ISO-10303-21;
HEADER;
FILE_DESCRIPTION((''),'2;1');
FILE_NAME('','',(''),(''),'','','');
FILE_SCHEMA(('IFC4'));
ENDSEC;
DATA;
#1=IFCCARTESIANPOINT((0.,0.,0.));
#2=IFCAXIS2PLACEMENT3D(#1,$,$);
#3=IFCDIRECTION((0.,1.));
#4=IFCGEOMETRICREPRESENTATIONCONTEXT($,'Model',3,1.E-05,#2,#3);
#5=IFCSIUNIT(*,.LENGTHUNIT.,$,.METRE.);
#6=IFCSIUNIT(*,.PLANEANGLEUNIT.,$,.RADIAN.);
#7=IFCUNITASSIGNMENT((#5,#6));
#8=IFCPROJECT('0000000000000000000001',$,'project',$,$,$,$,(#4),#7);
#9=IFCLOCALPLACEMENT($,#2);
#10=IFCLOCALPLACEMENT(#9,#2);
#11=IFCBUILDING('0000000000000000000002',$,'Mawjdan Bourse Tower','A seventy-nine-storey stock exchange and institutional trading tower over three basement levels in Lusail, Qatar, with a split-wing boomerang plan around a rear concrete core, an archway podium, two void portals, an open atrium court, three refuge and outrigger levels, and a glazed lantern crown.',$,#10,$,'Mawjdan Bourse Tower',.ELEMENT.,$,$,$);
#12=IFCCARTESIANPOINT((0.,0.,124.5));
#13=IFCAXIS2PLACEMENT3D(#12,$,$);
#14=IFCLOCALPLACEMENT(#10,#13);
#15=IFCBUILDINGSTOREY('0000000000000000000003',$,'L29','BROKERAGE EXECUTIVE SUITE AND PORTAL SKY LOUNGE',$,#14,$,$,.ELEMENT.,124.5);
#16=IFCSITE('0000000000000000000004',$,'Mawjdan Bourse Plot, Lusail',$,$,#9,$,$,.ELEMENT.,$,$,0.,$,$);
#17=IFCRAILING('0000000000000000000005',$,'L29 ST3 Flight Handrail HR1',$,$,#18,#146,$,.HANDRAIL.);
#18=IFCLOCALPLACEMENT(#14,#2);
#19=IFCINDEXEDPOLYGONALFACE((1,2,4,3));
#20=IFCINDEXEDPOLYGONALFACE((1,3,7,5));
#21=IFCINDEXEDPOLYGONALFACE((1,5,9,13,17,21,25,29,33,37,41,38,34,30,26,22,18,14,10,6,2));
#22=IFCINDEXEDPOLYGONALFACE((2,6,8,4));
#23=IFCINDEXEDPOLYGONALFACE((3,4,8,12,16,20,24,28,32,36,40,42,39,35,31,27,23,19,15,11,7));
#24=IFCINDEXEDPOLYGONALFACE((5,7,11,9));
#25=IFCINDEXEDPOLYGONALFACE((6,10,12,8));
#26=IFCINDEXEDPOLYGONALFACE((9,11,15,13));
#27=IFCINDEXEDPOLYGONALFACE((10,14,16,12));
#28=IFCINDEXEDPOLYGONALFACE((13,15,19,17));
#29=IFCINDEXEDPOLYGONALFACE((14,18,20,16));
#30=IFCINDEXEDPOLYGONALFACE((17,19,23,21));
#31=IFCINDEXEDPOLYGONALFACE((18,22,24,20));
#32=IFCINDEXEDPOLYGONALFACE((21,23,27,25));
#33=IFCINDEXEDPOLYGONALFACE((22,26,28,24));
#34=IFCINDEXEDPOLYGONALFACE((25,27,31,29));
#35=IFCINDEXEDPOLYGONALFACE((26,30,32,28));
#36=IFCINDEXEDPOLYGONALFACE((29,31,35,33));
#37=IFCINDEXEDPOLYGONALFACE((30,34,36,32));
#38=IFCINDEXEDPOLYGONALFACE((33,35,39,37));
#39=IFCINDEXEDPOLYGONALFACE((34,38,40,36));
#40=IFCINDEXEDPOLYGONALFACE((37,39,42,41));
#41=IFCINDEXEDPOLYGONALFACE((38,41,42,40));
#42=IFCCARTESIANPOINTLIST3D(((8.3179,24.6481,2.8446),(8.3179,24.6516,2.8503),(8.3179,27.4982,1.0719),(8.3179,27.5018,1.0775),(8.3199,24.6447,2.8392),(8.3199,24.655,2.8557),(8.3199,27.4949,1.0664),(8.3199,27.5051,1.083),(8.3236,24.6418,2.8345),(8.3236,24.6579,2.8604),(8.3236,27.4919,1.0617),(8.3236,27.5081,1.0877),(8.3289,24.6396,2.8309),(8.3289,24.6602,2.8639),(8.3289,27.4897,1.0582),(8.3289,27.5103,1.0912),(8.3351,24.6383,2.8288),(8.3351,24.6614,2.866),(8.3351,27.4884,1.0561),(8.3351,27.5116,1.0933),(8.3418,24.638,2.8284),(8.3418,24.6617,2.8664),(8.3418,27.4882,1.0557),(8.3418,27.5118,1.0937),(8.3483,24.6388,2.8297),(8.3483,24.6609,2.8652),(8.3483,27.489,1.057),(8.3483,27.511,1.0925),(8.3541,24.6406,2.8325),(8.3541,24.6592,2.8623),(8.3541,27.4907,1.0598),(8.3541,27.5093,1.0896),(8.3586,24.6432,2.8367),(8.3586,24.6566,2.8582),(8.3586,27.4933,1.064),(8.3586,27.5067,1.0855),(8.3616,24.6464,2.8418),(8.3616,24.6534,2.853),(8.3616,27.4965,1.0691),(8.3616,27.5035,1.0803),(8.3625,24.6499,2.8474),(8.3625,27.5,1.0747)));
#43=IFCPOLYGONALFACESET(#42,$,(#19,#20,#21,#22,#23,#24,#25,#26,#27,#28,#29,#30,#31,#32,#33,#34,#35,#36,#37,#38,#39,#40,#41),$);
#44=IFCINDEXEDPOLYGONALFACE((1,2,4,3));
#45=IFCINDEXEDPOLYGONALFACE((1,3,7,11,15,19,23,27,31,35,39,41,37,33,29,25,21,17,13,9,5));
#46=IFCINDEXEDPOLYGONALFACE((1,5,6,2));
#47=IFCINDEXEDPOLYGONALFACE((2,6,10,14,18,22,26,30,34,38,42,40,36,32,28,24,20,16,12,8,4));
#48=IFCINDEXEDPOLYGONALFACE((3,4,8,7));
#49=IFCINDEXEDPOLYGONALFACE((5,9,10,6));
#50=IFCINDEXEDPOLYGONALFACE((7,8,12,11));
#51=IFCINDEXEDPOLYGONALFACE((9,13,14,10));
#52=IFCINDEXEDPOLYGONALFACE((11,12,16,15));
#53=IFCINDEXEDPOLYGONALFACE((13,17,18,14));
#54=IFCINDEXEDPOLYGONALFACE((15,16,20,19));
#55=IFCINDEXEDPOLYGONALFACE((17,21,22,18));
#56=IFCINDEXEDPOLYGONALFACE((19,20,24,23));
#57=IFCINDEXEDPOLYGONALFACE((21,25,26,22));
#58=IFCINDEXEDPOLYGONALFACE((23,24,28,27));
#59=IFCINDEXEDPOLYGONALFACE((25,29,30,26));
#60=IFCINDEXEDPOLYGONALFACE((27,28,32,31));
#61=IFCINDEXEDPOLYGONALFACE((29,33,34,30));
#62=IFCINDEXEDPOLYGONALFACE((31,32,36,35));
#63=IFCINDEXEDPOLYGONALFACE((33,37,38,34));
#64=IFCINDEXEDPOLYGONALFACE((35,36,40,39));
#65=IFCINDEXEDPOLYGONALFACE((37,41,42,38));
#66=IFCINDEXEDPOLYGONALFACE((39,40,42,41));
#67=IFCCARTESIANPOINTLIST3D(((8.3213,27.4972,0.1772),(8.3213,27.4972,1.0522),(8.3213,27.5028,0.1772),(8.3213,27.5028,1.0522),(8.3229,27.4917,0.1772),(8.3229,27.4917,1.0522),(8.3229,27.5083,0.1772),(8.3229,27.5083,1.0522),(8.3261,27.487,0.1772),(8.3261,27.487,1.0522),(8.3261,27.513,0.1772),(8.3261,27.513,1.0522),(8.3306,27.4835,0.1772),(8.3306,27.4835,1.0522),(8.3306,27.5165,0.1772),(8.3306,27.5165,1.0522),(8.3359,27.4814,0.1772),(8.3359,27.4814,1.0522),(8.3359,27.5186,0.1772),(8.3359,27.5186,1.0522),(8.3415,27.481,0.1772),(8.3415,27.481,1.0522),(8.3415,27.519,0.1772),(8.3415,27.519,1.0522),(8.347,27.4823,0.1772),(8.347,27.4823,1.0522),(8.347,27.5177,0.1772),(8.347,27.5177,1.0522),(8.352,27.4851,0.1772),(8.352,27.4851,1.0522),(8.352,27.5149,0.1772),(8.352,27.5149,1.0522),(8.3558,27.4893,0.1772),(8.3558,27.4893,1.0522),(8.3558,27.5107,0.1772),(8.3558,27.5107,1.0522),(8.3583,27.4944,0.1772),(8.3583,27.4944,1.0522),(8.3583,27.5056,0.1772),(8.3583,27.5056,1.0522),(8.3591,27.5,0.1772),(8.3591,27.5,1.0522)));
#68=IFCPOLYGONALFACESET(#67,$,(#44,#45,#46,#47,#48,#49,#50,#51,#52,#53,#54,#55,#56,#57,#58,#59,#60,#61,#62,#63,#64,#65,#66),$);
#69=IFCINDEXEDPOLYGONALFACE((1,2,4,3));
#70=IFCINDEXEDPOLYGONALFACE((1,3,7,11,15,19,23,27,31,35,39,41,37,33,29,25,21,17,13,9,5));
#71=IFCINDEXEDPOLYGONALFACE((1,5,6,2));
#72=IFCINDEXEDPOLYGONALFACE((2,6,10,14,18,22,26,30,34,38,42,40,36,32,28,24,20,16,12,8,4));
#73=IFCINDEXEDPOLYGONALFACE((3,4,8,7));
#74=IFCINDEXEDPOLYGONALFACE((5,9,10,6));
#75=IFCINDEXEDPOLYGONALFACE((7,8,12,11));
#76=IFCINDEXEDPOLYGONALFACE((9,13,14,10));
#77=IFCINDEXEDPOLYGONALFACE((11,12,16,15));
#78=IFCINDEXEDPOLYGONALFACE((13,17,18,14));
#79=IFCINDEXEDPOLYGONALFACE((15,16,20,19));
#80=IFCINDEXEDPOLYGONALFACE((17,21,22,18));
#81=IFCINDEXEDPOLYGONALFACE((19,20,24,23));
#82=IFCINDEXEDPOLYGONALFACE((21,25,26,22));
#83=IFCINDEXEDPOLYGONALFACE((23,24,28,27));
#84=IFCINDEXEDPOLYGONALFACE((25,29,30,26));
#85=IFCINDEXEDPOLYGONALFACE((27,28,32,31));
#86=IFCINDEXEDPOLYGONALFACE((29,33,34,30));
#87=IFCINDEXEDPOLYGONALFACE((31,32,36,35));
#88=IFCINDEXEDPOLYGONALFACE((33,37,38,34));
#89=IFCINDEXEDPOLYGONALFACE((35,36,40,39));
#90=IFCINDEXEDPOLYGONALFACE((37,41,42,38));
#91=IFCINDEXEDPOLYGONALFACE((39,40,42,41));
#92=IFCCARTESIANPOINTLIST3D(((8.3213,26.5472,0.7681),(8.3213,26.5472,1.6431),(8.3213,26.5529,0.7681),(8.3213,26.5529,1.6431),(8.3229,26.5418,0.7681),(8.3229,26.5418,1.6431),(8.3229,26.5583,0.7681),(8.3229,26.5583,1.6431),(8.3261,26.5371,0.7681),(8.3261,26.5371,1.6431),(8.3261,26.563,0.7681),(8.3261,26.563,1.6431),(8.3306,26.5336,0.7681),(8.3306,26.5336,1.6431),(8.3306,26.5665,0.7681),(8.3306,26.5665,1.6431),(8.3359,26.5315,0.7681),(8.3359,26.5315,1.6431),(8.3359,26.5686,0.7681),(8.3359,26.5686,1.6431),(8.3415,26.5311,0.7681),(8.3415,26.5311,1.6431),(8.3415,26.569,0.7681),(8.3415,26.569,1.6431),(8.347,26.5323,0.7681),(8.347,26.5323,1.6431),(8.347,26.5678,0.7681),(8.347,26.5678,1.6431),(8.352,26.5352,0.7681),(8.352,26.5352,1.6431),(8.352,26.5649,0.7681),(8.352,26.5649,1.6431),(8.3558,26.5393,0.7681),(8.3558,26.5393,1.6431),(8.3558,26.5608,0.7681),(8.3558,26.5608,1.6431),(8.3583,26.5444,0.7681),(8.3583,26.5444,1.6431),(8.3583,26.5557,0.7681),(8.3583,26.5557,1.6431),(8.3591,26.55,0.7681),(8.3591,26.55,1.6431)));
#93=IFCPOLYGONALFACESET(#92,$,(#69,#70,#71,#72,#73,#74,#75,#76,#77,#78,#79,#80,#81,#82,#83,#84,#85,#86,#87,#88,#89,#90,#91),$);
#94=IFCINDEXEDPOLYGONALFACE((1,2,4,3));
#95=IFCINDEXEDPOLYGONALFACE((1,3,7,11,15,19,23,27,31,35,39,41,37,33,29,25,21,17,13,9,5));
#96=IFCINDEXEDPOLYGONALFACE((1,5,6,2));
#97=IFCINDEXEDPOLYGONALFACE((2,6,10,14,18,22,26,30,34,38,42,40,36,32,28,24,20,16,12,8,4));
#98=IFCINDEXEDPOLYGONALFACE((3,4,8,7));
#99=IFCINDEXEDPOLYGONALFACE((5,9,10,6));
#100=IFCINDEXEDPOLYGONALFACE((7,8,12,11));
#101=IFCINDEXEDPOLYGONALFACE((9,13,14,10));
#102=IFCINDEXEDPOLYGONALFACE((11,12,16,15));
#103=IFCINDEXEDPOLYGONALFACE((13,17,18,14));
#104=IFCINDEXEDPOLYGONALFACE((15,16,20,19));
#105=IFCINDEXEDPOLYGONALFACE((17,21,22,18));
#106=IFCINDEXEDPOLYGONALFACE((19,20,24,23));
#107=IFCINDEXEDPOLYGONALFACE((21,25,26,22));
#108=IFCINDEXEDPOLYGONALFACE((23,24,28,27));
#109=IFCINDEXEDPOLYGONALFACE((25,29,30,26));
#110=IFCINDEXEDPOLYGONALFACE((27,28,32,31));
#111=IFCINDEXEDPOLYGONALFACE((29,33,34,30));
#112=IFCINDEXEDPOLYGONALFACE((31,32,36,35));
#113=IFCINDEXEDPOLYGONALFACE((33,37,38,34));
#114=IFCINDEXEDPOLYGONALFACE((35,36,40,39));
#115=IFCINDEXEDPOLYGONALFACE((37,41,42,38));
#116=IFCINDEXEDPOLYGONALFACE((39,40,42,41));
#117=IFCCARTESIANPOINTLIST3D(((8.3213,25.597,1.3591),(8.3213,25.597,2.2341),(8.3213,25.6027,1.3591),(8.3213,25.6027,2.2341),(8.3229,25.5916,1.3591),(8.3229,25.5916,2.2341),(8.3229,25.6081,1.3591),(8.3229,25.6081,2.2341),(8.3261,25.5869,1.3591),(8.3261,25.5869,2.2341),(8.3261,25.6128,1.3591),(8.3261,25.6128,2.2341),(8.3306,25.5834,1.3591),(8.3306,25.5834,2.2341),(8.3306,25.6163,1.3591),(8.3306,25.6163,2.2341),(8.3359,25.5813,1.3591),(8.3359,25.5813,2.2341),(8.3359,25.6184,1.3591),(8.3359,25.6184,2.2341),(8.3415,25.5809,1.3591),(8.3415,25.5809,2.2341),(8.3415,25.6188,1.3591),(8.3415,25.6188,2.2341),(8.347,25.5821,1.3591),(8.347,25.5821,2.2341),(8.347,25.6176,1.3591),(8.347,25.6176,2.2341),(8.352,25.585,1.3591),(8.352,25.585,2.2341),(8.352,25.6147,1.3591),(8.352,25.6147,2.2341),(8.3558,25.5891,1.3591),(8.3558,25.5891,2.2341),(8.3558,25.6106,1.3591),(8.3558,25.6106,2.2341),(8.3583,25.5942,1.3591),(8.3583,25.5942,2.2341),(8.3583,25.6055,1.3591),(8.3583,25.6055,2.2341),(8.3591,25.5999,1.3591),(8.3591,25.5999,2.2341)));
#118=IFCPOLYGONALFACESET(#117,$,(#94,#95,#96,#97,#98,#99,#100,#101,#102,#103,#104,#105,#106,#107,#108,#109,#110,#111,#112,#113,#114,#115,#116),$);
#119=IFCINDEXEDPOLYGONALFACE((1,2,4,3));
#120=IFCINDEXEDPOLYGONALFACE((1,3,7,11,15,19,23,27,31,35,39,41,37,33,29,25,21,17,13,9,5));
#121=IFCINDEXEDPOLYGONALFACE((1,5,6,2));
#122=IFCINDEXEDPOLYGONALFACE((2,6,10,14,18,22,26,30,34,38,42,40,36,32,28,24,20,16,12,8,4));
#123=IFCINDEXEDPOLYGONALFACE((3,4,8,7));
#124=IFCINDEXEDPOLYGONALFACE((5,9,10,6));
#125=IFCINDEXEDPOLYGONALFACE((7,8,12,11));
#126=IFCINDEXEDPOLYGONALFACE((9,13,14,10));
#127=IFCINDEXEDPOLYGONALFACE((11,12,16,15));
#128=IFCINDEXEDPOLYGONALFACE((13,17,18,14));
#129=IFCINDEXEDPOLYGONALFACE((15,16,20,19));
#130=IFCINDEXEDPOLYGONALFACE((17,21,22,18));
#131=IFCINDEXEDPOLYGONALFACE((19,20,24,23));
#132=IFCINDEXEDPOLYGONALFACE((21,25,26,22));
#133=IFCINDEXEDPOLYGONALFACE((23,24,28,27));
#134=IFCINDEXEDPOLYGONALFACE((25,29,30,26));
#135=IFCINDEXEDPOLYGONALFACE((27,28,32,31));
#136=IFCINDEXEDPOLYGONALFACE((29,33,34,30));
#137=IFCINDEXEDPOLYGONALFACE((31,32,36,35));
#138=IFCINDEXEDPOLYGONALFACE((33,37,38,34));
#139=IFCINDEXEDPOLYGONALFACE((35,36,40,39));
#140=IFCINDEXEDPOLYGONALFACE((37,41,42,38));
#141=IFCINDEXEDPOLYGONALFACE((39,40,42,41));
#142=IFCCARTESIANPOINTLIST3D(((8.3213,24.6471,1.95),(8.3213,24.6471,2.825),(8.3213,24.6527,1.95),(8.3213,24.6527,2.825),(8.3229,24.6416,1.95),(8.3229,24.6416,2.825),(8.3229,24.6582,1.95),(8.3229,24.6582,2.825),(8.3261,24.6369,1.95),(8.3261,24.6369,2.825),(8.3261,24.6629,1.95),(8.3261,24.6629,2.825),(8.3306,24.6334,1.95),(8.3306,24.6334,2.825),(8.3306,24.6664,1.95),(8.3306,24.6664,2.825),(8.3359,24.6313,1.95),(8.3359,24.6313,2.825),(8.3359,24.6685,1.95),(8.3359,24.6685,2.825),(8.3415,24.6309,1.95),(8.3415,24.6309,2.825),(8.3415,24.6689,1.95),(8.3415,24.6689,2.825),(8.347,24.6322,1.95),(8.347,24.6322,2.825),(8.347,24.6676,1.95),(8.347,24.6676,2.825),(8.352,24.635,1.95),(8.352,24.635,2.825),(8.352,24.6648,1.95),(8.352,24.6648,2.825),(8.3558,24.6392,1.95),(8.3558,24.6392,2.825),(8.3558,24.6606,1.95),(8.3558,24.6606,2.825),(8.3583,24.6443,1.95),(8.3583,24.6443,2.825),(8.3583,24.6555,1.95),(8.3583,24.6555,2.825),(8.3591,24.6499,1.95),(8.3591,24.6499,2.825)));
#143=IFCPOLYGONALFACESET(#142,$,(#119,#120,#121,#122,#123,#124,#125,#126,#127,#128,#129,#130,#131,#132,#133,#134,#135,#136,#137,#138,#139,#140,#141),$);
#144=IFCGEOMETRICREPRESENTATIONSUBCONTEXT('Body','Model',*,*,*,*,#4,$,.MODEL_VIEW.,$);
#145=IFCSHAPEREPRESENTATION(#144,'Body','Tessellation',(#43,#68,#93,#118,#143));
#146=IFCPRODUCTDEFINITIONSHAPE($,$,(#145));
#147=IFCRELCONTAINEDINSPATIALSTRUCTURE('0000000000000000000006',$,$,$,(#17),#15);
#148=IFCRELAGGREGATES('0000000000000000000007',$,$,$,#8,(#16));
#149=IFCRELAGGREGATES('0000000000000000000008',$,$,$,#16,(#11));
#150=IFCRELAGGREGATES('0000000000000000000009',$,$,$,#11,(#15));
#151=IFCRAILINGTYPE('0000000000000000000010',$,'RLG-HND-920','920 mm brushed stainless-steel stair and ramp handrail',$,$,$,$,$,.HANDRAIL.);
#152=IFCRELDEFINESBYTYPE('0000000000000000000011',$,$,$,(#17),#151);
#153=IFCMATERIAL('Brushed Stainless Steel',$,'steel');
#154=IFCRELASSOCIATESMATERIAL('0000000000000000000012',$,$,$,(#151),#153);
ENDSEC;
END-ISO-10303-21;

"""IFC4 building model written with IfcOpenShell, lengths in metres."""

from ifc_helpers import new_model, si_unit, direction, frame, origin, origin_2d, place, context, subcontext, project, spatial, circle, extrude, material, type_object, element, save


model = new_model("IFC4")

# Units and contexts
model_context = context("Model", 3, precision=1e-05, world=origin(), true_north=direction((0.0, 1.0)))
body_context = subcontext(model_context, "Body", "Model", "MODEL_VIEW")
ifc_project = project(units=[si_unit("LENGTHUNIT", "METRE"), si_unit("PLANEANGLEUNIT", "RADIAN")], contexts=[model_context])

# Site, building, storey
site_placement = place(None, origin())
site = spatial("IfcSite", under=ifc_project, at=site_placement, Name="Mawjdan Bourse Plot, Lusail", CompositionType="ELEMENT", RefElevation=0.0)
building_placement = place(site_placement, origin())
building = spatial("IfcBuilding", under=site, at=building_placement, Name="Mawjdan Bourse Tower", Description="A seventy-nine-storey stock exchange and institutional trading tower over three basement levels in Lusail, Qatar, with a split-wing boomerang plan around a rear concrete core, an archway podium, two void portals, an open atrium court, three refuge and outrigger levels, and a glazed lantern crown.", LongName="Mawjdan Bourse Tower", CompositionType="ELEMENT")
storey_placement = place(building_placement, frame((0.0, 0.0, 124.5)))
storey = spatial("IfcBuildingStorey", under=building, at=storey_placement, Name="L29", Description="BROKERAGE EXECUTIVE SUITE AND PORTAL SKY LOUNGE", CompositionType="ELEMENT", Elevation=124.5)

# Railing
ifc_material_1 = material(Name="Brushed Stainless Steel", Category="steel")
railing_type_1 = type_object("IfcRailingType", Name="RLG-HND-920", Description="920 mm brushed stainless-steel stair and ramp handrail", PredefinedType="HANDRAIL", material=ifc_material_1)
for number, where, name in (
    (1, (8.3401, 27.5, 0.1772), "L29 ST3 Flight Handrail HR1"),
):
    element("IfcRailing", number, at=place(storey_placement, frame(where)), inside=storey, type_object=railing_type_1, Name=name, PredefinedType="HANDRAIL", context=body_context, shape_type="SweptSolid", body=[
        extrude(circle(Radius=0.0225, at=origin_2d()), frame((0.0, 0.0, 0.8975), z_axis=(0.0, -0.849149, 0.528154), x_axis=(1.0, 0.0, 0.0)), (0.0, 0.0, 1.0), 3.3564),
        extrude(circle(Radius=0.019, at=origin_2d()), origin(), (0.0, 0.0, 1.0), 0.875),
        extrude(circle(Radius=0.019, at=origin_2d()), frame((0.0, -0.95, 0.5908)), (0.0, 0.0, 1.0), 0.875),
        extrude(circle(Radius=0.019, at=origin_2d()), frame((0.0, -1.9001, 1.1819)), (0.0, 0.0, 1.0), 0.875),
        extrude(circle(Radius=0.019, at=origin_2d()), frame((0.0, -2.8501, 1.7727)), (0.0, 0.0, 1.0), 0.875),
    ])

save(model, "model.ifc")
